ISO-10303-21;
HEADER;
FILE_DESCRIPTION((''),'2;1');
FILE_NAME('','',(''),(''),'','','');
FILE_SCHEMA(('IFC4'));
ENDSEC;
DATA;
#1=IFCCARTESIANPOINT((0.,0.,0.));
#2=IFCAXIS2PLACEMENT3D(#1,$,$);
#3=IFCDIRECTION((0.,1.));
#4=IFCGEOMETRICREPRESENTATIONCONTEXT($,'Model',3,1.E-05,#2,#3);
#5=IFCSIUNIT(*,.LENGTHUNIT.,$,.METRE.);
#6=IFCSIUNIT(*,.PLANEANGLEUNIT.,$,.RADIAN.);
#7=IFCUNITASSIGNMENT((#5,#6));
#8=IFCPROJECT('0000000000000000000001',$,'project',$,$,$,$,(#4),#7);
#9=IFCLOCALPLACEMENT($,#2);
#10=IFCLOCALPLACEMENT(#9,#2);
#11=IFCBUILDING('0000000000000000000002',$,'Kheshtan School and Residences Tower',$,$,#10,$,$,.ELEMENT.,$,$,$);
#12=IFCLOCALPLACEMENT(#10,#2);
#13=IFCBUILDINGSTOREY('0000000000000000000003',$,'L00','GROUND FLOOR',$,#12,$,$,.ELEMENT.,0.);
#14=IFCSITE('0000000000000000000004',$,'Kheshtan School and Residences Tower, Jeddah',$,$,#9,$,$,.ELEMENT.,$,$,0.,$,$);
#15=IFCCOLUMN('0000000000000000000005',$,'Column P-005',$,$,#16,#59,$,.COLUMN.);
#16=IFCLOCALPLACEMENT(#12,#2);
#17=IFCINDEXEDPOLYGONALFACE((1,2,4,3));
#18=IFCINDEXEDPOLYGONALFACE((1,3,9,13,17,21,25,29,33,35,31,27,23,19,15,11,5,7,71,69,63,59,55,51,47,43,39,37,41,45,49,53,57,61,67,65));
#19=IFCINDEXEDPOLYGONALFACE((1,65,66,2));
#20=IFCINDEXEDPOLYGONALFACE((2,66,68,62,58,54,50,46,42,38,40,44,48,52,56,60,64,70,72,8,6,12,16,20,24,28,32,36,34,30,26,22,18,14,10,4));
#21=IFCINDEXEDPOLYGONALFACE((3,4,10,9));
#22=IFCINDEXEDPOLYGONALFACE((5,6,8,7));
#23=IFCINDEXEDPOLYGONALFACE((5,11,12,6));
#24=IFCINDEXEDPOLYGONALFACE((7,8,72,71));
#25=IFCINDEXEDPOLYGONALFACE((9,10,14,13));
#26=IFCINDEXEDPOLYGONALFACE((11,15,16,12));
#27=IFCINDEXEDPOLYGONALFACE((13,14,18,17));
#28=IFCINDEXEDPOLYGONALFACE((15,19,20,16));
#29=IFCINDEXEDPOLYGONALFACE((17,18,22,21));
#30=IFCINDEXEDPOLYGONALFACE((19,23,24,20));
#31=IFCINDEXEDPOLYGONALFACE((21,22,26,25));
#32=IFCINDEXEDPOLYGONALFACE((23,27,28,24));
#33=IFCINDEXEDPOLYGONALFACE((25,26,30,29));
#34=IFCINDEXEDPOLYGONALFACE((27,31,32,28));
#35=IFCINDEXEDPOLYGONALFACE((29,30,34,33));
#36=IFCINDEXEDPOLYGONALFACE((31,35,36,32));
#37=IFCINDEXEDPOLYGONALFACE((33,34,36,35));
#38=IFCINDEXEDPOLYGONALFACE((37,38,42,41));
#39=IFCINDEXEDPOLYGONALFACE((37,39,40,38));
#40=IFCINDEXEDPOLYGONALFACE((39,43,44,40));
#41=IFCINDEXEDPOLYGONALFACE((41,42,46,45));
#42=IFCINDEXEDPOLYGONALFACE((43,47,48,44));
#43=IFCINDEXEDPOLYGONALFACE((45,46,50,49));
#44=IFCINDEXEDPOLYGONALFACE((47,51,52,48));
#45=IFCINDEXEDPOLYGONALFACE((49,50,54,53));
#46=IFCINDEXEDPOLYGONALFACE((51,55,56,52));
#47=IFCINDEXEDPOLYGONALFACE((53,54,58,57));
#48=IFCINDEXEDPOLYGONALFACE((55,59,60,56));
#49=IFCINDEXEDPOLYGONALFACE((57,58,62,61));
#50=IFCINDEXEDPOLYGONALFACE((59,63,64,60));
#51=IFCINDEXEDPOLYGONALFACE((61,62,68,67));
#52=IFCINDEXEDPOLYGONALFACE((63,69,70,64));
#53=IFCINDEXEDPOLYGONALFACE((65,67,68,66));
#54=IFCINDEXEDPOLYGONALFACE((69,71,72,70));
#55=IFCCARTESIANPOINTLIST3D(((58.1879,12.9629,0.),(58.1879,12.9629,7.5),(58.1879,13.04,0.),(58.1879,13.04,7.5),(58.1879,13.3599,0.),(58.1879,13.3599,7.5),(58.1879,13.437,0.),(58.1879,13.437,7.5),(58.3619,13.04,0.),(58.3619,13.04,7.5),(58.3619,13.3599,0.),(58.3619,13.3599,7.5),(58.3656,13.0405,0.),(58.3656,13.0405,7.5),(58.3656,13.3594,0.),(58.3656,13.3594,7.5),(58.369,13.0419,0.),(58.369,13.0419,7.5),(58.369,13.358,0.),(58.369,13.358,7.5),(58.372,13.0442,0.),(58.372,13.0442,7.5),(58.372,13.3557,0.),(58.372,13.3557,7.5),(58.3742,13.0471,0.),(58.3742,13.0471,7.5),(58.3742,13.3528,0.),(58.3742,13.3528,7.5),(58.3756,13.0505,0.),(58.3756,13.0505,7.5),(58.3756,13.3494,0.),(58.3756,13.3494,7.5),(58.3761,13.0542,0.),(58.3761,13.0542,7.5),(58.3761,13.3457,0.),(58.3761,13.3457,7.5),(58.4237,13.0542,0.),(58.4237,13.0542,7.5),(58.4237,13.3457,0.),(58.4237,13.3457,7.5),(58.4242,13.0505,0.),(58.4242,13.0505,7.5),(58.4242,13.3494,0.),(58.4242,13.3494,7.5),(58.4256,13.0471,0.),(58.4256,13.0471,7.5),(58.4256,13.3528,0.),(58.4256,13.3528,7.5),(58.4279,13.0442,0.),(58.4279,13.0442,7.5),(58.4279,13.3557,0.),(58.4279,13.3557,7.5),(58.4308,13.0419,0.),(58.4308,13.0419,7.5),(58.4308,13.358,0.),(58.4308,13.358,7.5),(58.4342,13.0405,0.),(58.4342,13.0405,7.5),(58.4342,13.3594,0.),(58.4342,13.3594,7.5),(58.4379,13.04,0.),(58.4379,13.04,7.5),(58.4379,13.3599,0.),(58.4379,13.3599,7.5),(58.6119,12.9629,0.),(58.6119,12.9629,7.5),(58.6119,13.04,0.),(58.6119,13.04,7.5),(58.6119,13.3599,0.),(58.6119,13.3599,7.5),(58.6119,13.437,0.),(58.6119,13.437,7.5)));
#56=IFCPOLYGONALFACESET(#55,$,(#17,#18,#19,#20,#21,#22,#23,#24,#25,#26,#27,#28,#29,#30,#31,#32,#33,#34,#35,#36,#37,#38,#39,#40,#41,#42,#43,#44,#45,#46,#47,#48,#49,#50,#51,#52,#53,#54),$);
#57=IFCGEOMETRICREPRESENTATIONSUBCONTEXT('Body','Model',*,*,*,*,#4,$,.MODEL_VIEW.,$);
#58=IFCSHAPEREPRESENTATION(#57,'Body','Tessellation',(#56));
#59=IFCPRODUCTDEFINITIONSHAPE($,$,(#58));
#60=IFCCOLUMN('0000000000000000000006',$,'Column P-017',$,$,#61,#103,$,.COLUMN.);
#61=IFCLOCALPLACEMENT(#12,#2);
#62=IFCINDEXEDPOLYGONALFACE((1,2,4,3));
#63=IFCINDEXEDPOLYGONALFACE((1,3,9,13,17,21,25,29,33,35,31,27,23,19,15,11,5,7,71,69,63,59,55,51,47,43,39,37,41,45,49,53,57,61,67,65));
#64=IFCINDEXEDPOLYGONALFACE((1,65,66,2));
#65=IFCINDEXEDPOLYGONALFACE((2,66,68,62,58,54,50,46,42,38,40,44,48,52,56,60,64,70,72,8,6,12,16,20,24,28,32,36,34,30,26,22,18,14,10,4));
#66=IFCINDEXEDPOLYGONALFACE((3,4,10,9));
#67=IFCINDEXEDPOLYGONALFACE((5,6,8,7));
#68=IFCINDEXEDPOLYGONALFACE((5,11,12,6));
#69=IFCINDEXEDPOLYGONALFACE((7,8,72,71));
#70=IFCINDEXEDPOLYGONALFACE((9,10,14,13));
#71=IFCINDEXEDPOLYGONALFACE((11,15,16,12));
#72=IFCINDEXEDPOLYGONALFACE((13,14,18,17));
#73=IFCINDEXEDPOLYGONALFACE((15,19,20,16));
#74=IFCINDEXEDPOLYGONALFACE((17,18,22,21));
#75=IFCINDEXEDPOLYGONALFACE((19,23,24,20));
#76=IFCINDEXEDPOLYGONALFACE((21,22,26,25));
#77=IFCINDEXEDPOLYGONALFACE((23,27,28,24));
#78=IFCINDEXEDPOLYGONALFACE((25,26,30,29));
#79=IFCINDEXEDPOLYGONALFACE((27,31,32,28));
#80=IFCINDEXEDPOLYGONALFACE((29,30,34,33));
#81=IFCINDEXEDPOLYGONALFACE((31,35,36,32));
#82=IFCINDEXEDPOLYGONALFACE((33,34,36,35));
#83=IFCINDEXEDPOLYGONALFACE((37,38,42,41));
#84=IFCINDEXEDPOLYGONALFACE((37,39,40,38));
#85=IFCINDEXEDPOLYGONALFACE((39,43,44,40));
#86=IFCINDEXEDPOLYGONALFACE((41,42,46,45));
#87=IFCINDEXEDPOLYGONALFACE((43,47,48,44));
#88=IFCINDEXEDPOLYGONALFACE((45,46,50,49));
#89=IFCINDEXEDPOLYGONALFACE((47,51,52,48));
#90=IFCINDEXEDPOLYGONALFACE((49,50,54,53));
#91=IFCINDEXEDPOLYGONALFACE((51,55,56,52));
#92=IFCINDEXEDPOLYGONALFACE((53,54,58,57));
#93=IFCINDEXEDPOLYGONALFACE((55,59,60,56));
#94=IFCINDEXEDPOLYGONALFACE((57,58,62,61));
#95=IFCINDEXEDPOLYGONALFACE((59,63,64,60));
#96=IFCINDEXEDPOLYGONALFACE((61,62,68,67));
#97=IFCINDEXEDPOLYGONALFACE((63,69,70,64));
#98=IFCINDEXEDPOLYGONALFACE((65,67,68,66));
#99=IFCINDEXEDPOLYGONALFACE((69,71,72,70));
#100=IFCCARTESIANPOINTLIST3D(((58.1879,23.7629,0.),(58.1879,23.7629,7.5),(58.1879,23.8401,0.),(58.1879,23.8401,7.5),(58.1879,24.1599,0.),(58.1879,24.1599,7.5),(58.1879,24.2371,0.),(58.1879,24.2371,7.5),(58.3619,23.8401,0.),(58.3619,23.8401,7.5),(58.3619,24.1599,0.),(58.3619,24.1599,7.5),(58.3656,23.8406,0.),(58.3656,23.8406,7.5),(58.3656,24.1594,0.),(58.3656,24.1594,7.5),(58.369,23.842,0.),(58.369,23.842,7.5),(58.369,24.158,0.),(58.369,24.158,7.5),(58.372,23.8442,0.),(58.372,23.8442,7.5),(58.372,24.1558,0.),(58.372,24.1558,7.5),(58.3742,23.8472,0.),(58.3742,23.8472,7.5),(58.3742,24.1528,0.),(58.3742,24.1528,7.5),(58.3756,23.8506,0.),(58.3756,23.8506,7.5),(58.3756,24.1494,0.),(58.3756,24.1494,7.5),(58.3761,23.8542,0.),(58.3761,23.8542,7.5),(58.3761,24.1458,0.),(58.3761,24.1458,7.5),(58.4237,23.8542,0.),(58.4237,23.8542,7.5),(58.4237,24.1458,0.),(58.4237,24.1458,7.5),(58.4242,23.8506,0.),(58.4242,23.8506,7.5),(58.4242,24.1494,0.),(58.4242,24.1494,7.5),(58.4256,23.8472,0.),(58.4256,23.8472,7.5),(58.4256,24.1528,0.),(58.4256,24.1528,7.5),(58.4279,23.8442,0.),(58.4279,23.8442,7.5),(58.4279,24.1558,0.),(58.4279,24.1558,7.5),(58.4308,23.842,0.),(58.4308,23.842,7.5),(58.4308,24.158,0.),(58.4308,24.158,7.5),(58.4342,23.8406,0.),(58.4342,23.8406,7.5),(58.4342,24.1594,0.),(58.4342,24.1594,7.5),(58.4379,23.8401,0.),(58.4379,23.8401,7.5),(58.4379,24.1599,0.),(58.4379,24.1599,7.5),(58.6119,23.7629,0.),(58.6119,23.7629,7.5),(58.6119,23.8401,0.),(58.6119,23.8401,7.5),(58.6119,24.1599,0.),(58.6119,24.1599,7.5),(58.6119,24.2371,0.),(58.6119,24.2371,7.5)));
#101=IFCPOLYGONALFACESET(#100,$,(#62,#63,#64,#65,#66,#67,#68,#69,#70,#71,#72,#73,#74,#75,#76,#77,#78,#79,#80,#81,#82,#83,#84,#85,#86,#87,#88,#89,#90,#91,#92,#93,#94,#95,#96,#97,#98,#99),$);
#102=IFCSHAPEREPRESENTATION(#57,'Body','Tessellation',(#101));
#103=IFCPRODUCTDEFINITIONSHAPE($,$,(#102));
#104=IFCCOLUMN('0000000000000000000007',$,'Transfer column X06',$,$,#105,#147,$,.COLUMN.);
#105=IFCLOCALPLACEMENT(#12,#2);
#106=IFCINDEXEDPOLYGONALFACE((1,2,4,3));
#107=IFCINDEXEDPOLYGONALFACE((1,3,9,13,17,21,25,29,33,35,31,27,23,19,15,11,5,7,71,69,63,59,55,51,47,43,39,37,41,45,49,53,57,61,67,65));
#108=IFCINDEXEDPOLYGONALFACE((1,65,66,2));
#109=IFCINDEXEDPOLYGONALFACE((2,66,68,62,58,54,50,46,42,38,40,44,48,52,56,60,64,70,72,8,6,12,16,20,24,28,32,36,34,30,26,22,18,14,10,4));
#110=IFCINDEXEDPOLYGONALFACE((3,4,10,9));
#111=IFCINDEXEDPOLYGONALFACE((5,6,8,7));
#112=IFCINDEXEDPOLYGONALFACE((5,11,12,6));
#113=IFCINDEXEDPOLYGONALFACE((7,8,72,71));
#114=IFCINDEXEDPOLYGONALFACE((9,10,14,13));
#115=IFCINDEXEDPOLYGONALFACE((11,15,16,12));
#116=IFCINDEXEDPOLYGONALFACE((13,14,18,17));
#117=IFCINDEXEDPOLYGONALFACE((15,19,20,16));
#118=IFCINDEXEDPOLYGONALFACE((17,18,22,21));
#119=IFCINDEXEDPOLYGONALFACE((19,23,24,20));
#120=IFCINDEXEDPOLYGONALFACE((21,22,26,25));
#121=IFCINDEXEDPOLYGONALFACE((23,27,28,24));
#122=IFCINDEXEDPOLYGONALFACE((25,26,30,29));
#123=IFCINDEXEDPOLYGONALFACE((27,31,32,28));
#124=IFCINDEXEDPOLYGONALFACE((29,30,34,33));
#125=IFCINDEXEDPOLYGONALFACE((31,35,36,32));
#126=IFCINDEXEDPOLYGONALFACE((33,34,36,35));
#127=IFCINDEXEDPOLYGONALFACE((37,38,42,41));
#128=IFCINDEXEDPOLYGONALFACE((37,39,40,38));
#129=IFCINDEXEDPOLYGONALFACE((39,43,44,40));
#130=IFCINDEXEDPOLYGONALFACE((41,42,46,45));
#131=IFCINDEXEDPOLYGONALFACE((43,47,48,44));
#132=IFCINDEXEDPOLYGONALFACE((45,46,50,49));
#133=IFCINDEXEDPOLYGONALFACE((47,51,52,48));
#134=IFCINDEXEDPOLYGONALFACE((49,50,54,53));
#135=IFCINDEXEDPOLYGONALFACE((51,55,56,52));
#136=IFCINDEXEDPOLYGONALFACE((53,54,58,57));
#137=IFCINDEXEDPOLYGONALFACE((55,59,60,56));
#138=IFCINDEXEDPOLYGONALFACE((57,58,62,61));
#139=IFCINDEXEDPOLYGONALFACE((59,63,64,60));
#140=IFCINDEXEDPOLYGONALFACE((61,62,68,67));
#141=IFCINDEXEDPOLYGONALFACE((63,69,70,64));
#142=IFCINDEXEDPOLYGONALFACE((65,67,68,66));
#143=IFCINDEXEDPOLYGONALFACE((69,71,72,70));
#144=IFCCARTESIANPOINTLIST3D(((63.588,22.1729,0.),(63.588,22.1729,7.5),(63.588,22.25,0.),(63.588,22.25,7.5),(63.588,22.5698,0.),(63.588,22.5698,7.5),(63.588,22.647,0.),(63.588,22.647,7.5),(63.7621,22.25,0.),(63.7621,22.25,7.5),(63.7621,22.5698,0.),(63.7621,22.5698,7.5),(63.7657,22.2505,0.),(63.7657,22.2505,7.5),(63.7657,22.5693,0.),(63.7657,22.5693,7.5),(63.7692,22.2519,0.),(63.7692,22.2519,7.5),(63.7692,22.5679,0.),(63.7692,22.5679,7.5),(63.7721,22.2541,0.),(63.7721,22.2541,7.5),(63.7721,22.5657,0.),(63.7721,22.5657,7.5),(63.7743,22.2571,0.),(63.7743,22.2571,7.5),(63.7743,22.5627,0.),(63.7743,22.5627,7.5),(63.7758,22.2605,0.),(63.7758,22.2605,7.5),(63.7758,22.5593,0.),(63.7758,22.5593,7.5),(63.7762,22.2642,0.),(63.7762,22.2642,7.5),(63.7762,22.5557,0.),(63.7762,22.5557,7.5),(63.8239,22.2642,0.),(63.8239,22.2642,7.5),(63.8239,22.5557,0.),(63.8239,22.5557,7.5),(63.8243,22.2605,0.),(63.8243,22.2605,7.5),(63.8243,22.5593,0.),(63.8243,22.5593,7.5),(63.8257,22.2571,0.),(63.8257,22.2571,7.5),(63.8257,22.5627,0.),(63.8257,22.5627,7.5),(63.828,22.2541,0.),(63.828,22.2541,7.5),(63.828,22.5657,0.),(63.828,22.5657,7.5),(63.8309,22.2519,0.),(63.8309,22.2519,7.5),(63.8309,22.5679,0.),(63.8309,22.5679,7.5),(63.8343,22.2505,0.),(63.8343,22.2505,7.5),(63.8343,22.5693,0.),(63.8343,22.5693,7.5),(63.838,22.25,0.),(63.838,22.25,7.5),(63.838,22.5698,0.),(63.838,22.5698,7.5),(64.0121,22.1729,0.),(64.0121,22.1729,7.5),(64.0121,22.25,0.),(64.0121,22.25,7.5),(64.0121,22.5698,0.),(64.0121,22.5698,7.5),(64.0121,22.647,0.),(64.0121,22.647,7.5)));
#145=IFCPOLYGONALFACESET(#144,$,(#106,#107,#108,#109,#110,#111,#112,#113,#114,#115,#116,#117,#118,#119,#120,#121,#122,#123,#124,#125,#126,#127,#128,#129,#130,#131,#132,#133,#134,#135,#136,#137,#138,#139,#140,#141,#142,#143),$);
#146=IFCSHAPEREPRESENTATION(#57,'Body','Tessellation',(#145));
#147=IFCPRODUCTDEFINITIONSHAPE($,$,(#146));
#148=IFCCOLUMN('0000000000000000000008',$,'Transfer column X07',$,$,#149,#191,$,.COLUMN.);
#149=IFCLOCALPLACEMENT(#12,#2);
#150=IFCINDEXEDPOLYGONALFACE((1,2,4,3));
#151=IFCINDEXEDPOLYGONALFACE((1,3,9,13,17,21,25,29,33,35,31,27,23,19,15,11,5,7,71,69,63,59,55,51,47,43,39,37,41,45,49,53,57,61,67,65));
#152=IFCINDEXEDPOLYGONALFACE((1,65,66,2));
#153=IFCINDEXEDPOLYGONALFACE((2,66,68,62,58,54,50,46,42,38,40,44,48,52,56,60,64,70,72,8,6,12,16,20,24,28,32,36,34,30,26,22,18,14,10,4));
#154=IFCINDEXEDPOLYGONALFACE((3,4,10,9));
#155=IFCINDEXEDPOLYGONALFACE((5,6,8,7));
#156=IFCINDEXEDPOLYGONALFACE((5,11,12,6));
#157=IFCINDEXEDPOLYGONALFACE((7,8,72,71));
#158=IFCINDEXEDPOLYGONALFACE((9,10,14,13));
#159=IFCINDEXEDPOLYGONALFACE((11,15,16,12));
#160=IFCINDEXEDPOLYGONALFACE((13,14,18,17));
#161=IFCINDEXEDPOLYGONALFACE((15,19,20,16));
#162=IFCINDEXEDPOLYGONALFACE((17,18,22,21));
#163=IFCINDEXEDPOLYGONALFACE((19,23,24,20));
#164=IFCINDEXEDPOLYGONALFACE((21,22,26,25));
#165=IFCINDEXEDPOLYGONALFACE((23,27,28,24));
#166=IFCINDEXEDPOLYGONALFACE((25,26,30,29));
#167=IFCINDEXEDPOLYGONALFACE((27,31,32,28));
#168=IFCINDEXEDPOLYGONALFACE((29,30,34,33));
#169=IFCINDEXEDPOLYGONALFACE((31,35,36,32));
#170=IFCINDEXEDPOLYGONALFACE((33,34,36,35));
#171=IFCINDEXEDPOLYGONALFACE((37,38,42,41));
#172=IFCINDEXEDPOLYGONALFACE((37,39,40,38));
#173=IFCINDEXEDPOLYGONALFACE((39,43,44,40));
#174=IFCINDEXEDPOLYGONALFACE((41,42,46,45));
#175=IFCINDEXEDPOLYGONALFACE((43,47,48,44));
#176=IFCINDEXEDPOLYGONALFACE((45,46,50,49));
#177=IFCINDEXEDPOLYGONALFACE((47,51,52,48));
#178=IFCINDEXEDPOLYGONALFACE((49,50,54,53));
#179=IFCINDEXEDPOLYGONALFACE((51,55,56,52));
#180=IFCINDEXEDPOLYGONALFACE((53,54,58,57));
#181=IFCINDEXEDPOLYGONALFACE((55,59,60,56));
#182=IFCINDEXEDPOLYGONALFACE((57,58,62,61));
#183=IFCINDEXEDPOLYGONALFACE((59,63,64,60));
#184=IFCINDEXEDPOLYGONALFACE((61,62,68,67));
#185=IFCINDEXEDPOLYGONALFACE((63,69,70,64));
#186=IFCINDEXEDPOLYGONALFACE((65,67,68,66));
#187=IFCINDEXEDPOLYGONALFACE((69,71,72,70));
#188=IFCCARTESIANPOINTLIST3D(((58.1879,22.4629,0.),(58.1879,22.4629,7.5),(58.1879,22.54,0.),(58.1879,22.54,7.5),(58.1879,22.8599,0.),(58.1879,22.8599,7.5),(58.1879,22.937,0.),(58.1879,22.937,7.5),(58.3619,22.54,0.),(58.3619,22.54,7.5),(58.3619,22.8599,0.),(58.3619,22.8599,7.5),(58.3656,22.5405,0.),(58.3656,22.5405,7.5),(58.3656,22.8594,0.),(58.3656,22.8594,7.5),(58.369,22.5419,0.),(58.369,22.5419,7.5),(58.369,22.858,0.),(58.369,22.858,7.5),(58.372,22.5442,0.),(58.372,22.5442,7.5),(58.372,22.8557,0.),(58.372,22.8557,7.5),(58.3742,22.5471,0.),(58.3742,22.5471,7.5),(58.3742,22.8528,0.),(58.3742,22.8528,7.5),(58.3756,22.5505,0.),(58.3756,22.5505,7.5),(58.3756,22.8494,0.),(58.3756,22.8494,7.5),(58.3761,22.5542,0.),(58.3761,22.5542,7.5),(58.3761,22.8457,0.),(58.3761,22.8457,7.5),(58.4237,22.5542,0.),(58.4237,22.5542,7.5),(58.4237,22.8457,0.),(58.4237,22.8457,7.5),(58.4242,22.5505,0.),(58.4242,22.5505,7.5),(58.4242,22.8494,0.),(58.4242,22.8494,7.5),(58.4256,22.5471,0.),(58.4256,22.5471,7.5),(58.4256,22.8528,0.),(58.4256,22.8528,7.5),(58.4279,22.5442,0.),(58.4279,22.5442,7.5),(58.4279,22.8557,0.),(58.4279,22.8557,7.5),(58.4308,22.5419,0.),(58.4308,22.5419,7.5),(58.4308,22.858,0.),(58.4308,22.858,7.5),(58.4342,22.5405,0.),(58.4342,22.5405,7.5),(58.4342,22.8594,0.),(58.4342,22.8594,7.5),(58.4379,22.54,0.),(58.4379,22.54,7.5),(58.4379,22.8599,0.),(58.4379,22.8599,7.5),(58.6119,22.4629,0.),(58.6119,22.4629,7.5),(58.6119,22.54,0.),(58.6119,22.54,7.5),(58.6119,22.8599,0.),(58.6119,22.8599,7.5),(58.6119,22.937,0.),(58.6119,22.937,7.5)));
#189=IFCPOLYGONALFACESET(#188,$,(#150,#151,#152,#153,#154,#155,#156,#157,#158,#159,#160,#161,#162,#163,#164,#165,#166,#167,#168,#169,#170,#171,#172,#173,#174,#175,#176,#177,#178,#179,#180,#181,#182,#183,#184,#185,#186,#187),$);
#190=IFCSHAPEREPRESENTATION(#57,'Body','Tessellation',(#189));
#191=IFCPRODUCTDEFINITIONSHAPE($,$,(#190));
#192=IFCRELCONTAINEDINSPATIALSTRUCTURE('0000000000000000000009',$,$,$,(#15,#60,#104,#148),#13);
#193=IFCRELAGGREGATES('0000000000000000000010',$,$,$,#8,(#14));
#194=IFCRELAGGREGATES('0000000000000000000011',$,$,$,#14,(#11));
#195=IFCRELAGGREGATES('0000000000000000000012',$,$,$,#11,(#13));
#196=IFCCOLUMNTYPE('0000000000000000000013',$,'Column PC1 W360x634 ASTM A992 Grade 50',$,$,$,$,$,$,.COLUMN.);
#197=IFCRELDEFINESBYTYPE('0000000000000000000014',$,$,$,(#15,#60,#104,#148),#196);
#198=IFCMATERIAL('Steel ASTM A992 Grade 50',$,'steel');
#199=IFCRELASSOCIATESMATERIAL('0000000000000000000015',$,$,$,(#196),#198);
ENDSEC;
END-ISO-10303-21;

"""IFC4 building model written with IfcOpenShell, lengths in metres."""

from ifc_helpers import new_model, si_unit, direction, frame, origin, origin_2d, place, context, subcontext, project, spatial, i_section, extrude, material, material_profile, profile_set, type_object, element, save


model = new_model("IFC4")

# Units and contexts
model_context = context("Model", 3, precision=1e-05, world=origin(), true_north=direction((0.0, 1.0)))
body_context = subcontext(model_context, "Body", "Model", "MODEL_VIEW")
ifc_project = project(units=[si_unit("LENGTHUNIT", "METRE"), si_unit("PLANEANGLEUNIT", "RADIAN")], contexts=[model_context])

# Site, building, storey
site_placement = place(None, origin())
site = spatial("IfcSite", under=ifc_project, at=site_placement, Name="Kheshtan School and Residences Tower, Jeddah", CompositionType="ELEMENT", RefElevation=0.0)
building_placement = place(site_placement, origin())
building = spatial("IfcBuilding", under=site, at=building_placement, Name="Kheshtan School and Residences Tower", CompositionType="ELEMENT")
storey_placement = place(building_placement, origin())
storey = spatial("IfcBuildingStorey", under=building, at=storey_placement, Name="L00", Description="GROUND FLOOR", CompositionType="ELEMENT", Elevation=0.0)

# Columns
ifc_material_1 = material(Name="Steel ASTM A992 Grade 50", Category="steel")
ifc_material_profile_1 = material_profile(ifc_material_1, i_section(OverallWidth=0.4241, OverallDepth=0.4741, WebThickness=0.0476, FlangeThickness=0.0771, FilletRadius=0.0142, at=origin_2d()), Name="W360x634")
ifc_profile_set_1 = profile_set([ifc_material_profile_1], Name="Steel ASTM A992 Grade 50")
column_type = type_object("IfcColumnType", Name="Column PC1 W360x634 ASTM A992 Grade 50", PredefinedType="COLUMN", material=ifc_profile_set_1)
for number, where, z_axis, x_axis, name in (
    (1, (58.3999, 13.2, 0.0), (0.0, 0.0, 1.0), (1.0, 0.0, 0.0), "Column P-005"),
    (2, (58.3999, 24.0, 0.0), (0.0, 0.0, 1.0), (1.0, 0.0, 0.0), "Column P-017"),
    (3, (63.8, 22.4099, 0.0), (0.0, 0.0, 1.0), (1.0, 0.0, 0.0), "Transfer column X06"),
    (4, (58.3999, 22.7, 0.0), (0.0, 0.0, 1.0), (1.0, 0.0, 0.0), "Transfer column X07"),
):
    element("IfcColumn", number, at=place(storey_placement, frame(where, z_axis=z_axis, x_axis=x_axis)), inside=storey, type_object=column_type, Name=name, PredefinedType="COLUMN", context=body_context, shape_type="SweptSolid", body=[
        extrude(i_section(OverallWidth=0.4241, OverallDepth=0.4741, WebThickness=0.0476, FlangeThickness=0.0771, FilletRadius=0.0142, at=origin_2d()), origin(), (0.0, 0.0, 1.0), 7.5),
    ])

save(model, "model.ifc")
